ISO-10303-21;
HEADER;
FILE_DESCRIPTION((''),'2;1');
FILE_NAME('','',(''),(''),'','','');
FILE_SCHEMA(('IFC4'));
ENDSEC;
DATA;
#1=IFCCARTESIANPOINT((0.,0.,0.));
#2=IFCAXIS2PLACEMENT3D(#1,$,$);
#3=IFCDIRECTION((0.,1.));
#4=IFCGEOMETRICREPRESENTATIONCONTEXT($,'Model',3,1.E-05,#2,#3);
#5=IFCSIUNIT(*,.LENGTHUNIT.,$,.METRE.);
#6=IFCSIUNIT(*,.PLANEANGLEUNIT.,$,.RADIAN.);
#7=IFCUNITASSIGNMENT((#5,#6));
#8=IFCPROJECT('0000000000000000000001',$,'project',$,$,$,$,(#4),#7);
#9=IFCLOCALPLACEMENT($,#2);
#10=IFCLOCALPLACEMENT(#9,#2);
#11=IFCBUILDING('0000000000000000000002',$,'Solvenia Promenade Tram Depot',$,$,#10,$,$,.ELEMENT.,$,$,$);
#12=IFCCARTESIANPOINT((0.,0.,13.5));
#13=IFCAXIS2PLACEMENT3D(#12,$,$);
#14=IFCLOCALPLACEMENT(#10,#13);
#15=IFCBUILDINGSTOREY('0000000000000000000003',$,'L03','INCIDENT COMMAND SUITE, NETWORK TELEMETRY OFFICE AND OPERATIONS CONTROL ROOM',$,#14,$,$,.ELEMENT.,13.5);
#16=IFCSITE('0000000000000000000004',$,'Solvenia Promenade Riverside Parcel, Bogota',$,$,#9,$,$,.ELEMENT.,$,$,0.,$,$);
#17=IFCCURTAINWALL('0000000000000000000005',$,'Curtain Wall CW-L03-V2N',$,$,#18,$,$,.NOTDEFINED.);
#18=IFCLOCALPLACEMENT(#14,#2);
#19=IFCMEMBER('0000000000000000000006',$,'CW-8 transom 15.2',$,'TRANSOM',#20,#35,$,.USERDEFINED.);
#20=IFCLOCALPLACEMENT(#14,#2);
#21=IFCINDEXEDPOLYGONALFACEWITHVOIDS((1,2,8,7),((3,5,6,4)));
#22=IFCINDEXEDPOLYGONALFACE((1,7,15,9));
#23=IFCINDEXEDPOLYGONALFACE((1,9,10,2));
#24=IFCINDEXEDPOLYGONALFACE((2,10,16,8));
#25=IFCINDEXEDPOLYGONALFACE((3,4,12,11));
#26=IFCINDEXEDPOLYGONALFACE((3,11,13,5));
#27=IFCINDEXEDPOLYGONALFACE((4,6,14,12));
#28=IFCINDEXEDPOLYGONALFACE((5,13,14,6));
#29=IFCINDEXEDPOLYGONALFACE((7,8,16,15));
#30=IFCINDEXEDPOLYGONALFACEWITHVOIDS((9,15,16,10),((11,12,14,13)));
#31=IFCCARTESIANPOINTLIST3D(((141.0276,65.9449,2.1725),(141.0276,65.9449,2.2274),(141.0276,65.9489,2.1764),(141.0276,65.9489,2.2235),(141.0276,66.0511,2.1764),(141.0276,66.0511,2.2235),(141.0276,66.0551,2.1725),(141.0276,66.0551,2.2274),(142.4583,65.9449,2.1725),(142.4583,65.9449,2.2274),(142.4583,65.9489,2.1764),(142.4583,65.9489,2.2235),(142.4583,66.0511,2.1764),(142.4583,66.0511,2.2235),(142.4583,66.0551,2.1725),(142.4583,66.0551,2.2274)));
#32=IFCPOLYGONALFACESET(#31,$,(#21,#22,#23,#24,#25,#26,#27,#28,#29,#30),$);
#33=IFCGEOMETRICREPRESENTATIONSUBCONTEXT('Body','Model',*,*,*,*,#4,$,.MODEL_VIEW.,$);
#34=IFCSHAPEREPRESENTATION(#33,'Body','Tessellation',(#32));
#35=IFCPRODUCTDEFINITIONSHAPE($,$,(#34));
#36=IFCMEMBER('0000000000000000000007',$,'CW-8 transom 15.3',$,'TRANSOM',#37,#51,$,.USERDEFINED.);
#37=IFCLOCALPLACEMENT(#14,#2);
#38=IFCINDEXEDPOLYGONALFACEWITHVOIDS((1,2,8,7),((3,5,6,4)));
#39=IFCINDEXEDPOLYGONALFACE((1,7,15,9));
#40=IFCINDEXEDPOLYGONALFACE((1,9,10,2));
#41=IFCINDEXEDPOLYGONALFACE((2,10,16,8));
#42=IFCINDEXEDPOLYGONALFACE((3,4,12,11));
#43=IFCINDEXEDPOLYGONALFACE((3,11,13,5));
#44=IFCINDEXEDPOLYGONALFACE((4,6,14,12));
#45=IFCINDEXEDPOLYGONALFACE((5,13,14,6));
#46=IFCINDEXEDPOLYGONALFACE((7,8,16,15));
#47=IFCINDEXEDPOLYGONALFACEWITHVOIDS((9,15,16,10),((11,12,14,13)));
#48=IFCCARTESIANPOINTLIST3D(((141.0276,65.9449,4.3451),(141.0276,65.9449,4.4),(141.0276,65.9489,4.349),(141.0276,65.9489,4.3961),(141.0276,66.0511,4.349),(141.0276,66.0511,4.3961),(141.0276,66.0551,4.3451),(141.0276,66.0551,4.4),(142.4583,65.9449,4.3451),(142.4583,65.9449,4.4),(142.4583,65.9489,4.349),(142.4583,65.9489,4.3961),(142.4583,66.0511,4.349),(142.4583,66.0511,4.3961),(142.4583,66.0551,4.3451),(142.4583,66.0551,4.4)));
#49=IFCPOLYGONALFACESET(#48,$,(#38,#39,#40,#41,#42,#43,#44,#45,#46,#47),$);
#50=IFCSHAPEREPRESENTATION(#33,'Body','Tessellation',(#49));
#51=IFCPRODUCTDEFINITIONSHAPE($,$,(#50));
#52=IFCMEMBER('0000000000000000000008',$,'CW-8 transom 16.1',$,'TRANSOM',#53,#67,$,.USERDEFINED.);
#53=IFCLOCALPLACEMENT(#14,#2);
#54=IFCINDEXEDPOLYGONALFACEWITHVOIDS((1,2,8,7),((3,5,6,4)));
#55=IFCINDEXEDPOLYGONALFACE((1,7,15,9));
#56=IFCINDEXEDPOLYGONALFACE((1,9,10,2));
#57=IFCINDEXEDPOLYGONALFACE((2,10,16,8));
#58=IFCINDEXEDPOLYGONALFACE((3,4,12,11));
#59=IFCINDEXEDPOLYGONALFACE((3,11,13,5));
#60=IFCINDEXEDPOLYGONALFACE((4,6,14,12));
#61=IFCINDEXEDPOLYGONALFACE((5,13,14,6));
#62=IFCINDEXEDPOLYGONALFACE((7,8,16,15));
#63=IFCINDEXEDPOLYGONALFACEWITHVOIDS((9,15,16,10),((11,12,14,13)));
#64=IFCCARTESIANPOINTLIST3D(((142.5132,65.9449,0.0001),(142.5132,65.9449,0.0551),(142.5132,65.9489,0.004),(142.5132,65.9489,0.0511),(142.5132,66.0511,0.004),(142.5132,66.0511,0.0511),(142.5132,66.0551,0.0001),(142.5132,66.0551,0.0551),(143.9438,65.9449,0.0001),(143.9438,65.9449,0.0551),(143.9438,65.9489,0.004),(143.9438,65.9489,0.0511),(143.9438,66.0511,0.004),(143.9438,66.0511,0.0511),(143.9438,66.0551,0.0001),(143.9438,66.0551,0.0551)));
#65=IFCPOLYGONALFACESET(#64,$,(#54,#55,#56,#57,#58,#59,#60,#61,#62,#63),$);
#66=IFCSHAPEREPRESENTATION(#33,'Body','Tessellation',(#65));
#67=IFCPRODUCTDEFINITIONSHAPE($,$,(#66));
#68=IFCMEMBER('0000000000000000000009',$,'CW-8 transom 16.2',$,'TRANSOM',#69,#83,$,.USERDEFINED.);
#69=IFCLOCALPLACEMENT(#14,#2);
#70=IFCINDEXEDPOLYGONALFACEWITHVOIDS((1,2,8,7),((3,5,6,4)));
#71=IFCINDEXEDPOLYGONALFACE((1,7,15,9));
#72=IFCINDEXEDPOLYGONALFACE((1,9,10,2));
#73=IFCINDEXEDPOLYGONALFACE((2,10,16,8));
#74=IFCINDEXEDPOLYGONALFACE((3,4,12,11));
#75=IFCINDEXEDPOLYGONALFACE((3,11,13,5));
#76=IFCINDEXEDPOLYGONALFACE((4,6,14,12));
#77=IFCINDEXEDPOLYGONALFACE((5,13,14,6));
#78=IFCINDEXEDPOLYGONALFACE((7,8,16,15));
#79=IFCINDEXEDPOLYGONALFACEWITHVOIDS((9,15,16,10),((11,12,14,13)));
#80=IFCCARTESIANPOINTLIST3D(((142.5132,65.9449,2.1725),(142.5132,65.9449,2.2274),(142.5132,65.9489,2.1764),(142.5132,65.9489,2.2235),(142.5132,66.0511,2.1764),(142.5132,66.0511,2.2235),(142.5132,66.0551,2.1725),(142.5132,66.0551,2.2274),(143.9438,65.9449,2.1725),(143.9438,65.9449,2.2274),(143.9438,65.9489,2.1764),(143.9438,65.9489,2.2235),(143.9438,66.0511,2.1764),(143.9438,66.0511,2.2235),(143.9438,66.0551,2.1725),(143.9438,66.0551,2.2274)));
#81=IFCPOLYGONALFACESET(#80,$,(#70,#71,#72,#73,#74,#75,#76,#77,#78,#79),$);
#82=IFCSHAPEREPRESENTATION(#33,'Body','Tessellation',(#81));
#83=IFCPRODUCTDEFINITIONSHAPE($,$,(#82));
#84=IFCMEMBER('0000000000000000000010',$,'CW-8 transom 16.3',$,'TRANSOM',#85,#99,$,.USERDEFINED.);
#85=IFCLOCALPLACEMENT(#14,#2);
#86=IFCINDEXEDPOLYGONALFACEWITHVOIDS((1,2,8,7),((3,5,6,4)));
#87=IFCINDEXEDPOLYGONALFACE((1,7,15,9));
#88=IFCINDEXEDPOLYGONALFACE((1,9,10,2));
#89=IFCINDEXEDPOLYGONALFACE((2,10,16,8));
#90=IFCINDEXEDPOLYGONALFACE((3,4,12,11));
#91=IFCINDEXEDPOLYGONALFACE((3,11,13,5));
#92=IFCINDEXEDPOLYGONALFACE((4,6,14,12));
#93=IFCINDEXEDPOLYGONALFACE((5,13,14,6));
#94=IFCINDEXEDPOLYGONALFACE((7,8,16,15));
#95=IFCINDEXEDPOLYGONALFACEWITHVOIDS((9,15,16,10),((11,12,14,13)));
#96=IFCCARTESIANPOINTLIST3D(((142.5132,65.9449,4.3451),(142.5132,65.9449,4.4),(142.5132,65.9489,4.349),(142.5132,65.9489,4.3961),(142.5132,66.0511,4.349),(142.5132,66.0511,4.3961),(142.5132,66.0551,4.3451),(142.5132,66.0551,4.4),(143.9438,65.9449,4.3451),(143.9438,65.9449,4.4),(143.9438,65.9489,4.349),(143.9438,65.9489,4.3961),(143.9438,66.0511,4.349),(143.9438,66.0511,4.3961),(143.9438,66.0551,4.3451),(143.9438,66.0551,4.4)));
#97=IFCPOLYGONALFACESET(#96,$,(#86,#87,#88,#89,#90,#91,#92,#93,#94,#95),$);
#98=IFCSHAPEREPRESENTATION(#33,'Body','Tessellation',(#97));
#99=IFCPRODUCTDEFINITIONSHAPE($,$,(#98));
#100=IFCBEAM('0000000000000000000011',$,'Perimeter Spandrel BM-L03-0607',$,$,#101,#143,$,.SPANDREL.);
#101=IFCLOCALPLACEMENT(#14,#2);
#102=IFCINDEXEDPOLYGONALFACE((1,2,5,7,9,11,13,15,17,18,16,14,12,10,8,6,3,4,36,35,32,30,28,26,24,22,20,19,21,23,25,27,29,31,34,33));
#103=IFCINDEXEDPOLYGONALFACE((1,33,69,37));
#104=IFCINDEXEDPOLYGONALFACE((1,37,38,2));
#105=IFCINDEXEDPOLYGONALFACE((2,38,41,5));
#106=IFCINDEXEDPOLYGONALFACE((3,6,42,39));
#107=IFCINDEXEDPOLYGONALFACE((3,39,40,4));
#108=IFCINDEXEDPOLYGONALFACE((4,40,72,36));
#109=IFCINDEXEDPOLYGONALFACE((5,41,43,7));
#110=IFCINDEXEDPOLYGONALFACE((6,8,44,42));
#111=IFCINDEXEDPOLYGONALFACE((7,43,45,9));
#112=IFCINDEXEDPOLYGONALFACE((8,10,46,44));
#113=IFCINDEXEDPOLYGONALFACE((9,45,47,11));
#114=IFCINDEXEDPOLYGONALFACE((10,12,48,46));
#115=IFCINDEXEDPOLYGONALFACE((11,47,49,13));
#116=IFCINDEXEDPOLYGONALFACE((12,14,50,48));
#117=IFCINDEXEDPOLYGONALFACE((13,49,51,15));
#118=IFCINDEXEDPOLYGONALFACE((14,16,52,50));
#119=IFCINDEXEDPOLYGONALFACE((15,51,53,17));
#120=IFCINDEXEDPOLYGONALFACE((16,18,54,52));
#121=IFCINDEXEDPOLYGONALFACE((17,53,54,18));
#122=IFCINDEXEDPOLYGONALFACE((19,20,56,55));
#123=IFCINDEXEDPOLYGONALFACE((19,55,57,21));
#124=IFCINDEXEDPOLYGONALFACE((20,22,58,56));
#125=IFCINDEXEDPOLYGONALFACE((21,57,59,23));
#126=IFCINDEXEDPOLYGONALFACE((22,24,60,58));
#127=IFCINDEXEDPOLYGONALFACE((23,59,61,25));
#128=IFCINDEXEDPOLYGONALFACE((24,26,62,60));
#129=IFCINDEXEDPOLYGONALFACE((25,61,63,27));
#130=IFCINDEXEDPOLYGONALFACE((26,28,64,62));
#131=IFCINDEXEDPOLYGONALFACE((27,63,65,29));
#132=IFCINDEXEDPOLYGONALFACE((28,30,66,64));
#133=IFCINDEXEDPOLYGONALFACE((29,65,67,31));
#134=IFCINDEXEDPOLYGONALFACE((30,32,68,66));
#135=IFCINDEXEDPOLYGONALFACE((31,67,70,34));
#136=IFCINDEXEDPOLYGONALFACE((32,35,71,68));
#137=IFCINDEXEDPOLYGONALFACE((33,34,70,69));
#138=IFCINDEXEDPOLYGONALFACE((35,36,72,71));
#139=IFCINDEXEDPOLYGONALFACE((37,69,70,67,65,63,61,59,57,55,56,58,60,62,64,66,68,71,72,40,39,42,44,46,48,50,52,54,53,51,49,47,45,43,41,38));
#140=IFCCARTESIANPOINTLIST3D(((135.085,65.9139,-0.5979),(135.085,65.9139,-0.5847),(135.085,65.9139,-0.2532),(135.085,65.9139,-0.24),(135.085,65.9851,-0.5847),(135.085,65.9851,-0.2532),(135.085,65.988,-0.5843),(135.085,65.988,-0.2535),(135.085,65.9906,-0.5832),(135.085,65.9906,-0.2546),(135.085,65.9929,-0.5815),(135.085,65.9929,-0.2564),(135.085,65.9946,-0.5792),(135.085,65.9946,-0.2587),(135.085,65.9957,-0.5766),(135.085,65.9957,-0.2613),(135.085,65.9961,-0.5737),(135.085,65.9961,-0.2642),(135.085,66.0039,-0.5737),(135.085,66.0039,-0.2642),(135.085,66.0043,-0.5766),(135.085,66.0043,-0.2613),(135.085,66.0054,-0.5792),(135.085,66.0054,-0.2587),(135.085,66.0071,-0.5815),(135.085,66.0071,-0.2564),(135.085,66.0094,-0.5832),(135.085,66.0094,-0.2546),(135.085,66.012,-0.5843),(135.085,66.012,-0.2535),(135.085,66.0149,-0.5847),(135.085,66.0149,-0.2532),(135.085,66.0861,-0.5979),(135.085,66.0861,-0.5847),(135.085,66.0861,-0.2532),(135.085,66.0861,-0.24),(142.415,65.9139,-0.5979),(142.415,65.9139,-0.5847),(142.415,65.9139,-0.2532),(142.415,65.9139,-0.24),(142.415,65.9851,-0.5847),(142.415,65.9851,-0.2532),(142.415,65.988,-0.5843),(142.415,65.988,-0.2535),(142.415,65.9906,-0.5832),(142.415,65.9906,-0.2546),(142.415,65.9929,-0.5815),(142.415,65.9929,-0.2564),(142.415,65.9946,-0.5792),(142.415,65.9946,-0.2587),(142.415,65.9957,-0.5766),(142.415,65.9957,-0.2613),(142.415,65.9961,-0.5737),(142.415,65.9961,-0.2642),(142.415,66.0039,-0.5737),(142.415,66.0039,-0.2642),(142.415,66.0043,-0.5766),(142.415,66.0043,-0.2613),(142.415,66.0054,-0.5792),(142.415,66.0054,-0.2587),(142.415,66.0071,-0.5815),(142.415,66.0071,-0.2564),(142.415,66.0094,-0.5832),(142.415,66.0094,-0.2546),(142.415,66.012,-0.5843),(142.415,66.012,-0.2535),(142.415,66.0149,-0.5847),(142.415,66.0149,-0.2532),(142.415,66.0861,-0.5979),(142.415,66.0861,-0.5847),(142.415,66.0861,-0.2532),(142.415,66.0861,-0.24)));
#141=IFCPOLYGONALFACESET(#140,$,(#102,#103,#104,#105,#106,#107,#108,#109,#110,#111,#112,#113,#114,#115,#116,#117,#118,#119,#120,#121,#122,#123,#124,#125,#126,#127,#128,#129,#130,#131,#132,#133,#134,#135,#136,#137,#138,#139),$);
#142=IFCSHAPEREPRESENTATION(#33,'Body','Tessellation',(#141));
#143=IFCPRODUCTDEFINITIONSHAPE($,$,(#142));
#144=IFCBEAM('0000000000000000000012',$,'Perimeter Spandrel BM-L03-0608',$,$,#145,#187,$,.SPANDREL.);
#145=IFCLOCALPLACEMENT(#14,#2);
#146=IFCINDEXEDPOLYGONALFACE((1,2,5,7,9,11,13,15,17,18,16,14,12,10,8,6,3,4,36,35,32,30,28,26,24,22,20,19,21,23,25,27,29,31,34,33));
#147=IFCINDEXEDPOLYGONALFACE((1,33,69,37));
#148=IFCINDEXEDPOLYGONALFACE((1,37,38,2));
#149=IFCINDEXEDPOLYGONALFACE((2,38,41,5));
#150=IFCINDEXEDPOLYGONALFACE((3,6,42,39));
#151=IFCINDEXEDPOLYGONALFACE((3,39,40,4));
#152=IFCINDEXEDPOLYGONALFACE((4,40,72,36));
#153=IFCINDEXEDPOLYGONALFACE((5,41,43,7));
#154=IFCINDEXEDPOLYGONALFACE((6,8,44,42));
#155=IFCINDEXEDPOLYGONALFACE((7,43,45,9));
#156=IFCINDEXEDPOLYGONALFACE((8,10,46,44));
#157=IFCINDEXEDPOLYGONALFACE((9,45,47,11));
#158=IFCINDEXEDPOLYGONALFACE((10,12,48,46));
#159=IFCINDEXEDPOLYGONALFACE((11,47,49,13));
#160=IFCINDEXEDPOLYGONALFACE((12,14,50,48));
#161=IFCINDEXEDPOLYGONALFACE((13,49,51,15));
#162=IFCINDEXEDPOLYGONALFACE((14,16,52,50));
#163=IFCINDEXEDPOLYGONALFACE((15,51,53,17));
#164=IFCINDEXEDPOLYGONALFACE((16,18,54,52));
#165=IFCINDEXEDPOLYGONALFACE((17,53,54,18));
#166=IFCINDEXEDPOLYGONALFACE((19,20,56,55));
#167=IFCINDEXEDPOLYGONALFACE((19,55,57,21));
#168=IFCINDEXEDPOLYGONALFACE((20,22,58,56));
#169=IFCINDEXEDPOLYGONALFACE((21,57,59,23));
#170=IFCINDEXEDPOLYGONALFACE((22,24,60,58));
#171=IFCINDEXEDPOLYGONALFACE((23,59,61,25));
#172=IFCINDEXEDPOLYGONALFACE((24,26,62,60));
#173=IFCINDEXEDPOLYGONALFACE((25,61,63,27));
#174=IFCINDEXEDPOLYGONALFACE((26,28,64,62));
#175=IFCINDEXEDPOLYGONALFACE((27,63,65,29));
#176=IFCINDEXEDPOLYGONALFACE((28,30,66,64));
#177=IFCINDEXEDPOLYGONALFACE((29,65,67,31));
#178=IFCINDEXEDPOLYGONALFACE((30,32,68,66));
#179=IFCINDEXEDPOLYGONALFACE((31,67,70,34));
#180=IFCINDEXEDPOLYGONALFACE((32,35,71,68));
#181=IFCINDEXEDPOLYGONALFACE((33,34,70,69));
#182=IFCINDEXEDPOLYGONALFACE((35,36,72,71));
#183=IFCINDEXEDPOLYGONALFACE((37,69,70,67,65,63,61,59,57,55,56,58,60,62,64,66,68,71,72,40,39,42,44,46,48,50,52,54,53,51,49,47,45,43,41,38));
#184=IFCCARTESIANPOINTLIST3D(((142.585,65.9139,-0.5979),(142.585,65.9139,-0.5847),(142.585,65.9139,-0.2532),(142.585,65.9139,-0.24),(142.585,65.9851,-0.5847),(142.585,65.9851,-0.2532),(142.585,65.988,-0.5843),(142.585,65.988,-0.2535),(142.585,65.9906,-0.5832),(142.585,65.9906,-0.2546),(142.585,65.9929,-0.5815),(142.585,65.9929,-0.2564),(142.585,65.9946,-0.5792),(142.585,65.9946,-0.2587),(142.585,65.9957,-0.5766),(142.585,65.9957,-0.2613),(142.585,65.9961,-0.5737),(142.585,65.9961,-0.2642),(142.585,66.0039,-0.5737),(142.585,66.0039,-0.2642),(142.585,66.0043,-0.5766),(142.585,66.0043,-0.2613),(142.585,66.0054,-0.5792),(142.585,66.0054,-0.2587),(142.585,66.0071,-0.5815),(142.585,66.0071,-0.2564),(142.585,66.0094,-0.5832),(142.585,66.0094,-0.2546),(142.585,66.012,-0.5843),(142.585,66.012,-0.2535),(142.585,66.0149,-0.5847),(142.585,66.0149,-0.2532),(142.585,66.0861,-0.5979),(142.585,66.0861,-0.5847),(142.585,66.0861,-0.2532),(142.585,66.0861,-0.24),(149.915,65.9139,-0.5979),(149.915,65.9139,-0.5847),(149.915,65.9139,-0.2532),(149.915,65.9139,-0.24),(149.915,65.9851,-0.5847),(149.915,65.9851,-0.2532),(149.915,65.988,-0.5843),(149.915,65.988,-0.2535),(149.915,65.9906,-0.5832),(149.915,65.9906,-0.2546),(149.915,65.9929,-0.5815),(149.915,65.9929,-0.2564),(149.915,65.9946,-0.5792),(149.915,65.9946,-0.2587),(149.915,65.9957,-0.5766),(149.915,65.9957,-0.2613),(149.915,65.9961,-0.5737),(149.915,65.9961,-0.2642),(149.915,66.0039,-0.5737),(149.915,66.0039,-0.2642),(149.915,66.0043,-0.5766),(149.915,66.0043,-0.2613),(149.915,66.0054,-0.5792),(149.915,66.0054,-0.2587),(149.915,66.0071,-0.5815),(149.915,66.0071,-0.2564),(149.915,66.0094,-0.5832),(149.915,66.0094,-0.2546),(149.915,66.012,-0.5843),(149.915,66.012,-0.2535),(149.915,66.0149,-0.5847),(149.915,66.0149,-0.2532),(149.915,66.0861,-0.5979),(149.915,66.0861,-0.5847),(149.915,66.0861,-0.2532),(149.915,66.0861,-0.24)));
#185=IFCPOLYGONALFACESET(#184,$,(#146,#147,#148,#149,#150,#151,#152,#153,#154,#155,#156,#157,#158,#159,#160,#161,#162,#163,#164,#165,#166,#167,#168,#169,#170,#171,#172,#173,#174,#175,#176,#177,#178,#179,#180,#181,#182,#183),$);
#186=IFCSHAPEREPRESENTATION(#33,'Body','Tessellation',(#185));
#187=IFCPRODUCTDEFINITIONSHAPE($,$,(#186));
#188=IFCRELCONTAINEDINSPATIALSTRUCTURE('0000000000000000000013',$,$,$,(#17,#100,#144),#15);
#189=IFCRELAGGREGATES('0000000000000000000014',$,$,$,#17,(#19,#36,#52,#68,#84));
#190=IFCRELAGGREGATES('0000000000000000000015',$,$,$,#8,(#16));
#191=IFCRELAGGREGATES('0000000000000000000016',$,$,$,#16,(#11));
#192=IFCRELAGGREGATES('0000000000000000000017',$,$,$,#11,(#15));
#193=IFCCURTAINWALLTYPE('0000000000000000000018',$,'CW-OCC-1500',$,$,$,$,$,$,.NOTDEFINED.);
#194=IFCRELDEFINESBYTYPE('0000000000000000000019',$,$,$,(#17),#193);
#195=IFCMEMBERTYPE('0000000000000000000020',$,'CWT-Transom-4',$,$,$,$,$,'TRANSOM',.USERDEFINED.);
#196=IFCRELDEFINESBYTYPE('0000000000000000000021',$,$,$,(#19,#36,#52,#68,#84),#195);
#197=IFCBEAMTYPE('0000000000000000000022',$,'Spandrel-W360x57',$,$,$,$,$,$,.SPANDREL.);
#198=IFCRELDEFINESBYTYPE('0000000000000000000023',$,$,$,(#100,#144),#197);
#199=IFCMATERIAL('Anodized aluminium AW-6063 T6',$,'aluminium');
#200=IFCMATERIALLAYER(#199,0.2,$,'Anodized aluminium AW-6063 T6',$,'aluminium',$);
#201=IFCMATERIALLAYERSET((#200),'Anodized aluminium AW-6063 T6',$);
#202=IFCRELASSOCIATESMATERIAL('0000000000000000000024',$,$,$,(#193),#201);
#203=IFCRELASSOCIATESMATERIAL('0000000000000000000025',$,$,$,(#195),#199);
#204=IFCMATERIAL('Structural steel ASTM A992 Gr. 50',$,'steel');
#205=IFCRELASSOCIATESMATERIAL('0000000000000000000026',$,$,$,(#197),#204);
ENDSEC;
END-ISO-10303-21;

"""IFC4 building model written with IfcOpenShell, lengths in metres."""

from ifc_helpers import new_model, si_unit, direction, frame, origin, origin_2d, place, context, subcontext, project, spatial, hollow_rectangle, i_section, extrude, material, layer, layer_set, material_profile, profile_set, type_object, element, aggregate, save


model = new_model("IFC4")

# Units and contexts
model_context = context("Model", 3, precision=1e-05, world=origin(), true_north=direction((0.0, 1.0)))
body_context = subcontext(model_context, "Body", "Model", "MODEL_VIEW")
ifc_project = project(units=[si_unit("LENGTHUNIT", "METRE"), si_unit("PLANEANGLEUNIT", "RADIAN")], contexts=[model_context])

# Site, building, storey
site_placement = place(None, origin())
site = spatial("IfcSite", under=ifc_project, at=site_placement, Name="Solvenia Promenade Riverside Parcel, Bogota", CompositionType="ELEMENT", RefElevation=0.0)
building_placement = place(site_placement, origin())
building = spatial("IfcBuilding", under=site, at=building_placement, Name="Solvenia Promenade Tram Depot", CompositionType="ELEMENT")
storey_placement = place(building_placement, frame((0.0, 0.0, 13.5)))
storey = spatial("IfcBuildingStorey", under=building, at=storey_placement, Name="L03", Description="INCIDENT COMMAND SUITE, NETWORK TELEMETRY OFFICE AND OPERATIONS CONTROL ROOM", CompositionType="ELEMENT", Elevation=13.5)

# Shared definitions
ifc_material_1 = material(Name="Structural steel ASTM A992 Gr. 50", Category="steel")

# Curtain wall, members
ifc_material_2 = material(Name="Anodized aluminium AW-6063 T6", Category="aluminium")
ifc_layer_1 = layer(ifc_material_2, 0.2, Name="Anodized aluminium AW-6063 T6", Category="aluminium")
ifc_layer_set_1 = layer_set([ifc_layer_1], Name="Anodized aluminium AW-6063 T6")
curtain_wall_type = type_object("IfcCurtainWallType", Name="CW-OCC-1500", PredefinedType="NOTDEFINED", material=ifc_layer_set_1)
curtain_wall_placement = place(storey_placement, origin())
curtain_wall = element("IfcCurtainWall", 1, at=curtain_wall_placement, inside=storey, type_object=curtain_wall_type, Name="Curtain Wall CW-L03-V2N", PredefinedType="NOTDEFINED")
ifc_material_profile_1 = material_profile(ifc_material_2, hollow_rectangle(XDim=0.1101, YDim=0.0549, WallThickness=0.0039, at=origin_2d()), Name="ALU-T4", Category="aluminium")
ifc_profile_set_1 = profile_set([ifc_material_profile_1], Name="Anodized aluminium AW-6063 T6")
member_type_1 = type_object("IfcMemberType", Name="CWT-Transom-4", ElementType="TRANSOM", PredefinedType="USERDEFINED", material=ifc_profile_set_1)
member_1_placement = place(storey_placement, frame((141.0276, 66.0, 2.2), z_axis=(1.0, 0.0, 0.0), x_axis=(0.0, 1.0, 0.0)))
member_1 = element("IfcMember", 2, at=member_1_placement, type_object=member_type_1, Name="CW-8 transom 15.2", ObjectType="TRANSOM", PredefinedType="USERDEFINED", context=body_context, shape_type="SweptSolid", body=[
    extrude(hollow_rectangle(XDim=0.1101, YDim=0.0549, WallThickness=0.0039, at=origin_2d()), origin(), (0.0, 0.0, 1.0), 1.4307),
])
member_2_placement = place(storey_placement, frame((141.0276, 66.0, 4.3726), z_axis=(1.0, 0.0, 0.0), x_axis=(0.0, 1.0, 0.0)))
member_2 = element("IfcMember", 3, at=member_2_placement, type_object=member_type_1, Name="CW-8 transom 15.3", ObjectType="TRANSOM", PredefinedType="USERDEFINED", context=body_context, shape_type="SweptSolid", body=[
    extrude(hollow_rectangle(XDim=0.1101, YDim=0.0549, WallThickness=0.0039, at=origin_2d()), origin(), (0.0, 0.0, 1.0), 1.4307),
])
member_3_placement = place(storey_placement, frame((142.5132, 66.0, 0.0276), z_axis=(1.0, 0.0, 0.0), x_axis=(0.0, 1.0, 0.0)))
member_3 = element("IfcMember", 4, at=member_3_placement, type_object=member_type_1, Name="CW-8 transom 16.1", ObjectType="TRANSOM", PredefinedType="USERDEFINED", context=body_context, shape_type="SweptSolid", body=[
    extrude(hollow_rectangle(XDim=0.1101, YDim=0.0549, WallThickness=0.0039, at=origin_2d()), origin(), (0.0, 0.0, 1.0), 1.4307),
])
member_4_placement = place(storey_placement, frame((142.5132, 66.0, 2.2), z_axis=(1.0, 0.0, 0.0), x_axis=(0.0, 1.0, 0.0)))
member_4 = element("IfcMember", 5, at=member_4_placement, type_object=member_type_1, Name="CW-8 transom 16.2", ObjectType="TRANSOM", PredefinedType="USERDEFINED", context=body_context, shape_type="SweptSolid", body=[
    extrude(hollow_rectangle(XDim=0.1101, YDim=0.0549, WallThickness=0.0039, at=origin_2d()), origin(), (0.0, 0.0, 1.0), 1.4307),
])
member_5_placement = place(storey_placement, frame((142.5132, 66.0, 4.3726), z_axis=(1.0, 0.0, 0.0), x_axis=(0.0, 1.0, 0.0)))
member_5 = element("IfcMember", 6, at=member_5_placement, type_object=member_type_1, Name="CW-8 transom 16.3", ObjectType="TRANSOM", PredefinedType="USERDEFINED", context=body_context, shape_type="SweptSolid", body=[
    extrude(hollow_rectangle(XDim=0.1101, YDim=0.0549, WallThickness=0.0039, at=origin_2d()), origin(), (0.0, 0.0, 1.0), 1.4307),
])

# Beams
ifc_material_profile_2 = material_profile(ifc_material_1, i_section(OverallWidth=0.1721, OverallDepth=0.3579, WebThickness=0.0078, FlangeThickness=0.0132, FilletRadius=0.011, at=origin_2d()), Name="W360x57", Category="steel")
ifc_profile_set_2 = profile_set([ifc_material_profile_2], Name="Structural steel ASTM A992 Gr. 50")
beam_type = type_object("IfcBeamType", Name="Spandrel-W360x57", PredefinedType="SPANDREL", material=ifc_profile_set_2)
for number, where, z_axis, x_axis, name in (
    (7, (135.085, 66.0, -0.4189), (1.0, 0.0, 0.0), (0.0, 1.0, 0.0), "Perimeter Spandrel BM-L03-0607"),
    (8, (142.585, 66.0, -0.4189), (1.0, 0.0, 0.0), (0.0, 1.0, 0.0), "Perimeter Spandrel BM-L03-0608"),
):
    element("IfcBeam", number, at=place(storey_placement, frame(where, z_axis=z_axis, x_axis=x_axis)), inside=storey, type_object=beam_type, Name=name, PredefinedType="SPANDREL", context=body_context, shape_type="SweptSolid", body=[
        extrude(i_section(OverallWidth=0.1721, OverallDepth=0.3579, WebThickness=0.0078, FlangeThickness=0.0132, FilletRadius=0.011, at=origin_2d()), origin(), (0.0, 0.0, 1.0), 7.3301),
    ])

aggregate(curtain_wall, [member_1, member_2, member_3, member_4, member_5])

save(model, "model.ifc")
